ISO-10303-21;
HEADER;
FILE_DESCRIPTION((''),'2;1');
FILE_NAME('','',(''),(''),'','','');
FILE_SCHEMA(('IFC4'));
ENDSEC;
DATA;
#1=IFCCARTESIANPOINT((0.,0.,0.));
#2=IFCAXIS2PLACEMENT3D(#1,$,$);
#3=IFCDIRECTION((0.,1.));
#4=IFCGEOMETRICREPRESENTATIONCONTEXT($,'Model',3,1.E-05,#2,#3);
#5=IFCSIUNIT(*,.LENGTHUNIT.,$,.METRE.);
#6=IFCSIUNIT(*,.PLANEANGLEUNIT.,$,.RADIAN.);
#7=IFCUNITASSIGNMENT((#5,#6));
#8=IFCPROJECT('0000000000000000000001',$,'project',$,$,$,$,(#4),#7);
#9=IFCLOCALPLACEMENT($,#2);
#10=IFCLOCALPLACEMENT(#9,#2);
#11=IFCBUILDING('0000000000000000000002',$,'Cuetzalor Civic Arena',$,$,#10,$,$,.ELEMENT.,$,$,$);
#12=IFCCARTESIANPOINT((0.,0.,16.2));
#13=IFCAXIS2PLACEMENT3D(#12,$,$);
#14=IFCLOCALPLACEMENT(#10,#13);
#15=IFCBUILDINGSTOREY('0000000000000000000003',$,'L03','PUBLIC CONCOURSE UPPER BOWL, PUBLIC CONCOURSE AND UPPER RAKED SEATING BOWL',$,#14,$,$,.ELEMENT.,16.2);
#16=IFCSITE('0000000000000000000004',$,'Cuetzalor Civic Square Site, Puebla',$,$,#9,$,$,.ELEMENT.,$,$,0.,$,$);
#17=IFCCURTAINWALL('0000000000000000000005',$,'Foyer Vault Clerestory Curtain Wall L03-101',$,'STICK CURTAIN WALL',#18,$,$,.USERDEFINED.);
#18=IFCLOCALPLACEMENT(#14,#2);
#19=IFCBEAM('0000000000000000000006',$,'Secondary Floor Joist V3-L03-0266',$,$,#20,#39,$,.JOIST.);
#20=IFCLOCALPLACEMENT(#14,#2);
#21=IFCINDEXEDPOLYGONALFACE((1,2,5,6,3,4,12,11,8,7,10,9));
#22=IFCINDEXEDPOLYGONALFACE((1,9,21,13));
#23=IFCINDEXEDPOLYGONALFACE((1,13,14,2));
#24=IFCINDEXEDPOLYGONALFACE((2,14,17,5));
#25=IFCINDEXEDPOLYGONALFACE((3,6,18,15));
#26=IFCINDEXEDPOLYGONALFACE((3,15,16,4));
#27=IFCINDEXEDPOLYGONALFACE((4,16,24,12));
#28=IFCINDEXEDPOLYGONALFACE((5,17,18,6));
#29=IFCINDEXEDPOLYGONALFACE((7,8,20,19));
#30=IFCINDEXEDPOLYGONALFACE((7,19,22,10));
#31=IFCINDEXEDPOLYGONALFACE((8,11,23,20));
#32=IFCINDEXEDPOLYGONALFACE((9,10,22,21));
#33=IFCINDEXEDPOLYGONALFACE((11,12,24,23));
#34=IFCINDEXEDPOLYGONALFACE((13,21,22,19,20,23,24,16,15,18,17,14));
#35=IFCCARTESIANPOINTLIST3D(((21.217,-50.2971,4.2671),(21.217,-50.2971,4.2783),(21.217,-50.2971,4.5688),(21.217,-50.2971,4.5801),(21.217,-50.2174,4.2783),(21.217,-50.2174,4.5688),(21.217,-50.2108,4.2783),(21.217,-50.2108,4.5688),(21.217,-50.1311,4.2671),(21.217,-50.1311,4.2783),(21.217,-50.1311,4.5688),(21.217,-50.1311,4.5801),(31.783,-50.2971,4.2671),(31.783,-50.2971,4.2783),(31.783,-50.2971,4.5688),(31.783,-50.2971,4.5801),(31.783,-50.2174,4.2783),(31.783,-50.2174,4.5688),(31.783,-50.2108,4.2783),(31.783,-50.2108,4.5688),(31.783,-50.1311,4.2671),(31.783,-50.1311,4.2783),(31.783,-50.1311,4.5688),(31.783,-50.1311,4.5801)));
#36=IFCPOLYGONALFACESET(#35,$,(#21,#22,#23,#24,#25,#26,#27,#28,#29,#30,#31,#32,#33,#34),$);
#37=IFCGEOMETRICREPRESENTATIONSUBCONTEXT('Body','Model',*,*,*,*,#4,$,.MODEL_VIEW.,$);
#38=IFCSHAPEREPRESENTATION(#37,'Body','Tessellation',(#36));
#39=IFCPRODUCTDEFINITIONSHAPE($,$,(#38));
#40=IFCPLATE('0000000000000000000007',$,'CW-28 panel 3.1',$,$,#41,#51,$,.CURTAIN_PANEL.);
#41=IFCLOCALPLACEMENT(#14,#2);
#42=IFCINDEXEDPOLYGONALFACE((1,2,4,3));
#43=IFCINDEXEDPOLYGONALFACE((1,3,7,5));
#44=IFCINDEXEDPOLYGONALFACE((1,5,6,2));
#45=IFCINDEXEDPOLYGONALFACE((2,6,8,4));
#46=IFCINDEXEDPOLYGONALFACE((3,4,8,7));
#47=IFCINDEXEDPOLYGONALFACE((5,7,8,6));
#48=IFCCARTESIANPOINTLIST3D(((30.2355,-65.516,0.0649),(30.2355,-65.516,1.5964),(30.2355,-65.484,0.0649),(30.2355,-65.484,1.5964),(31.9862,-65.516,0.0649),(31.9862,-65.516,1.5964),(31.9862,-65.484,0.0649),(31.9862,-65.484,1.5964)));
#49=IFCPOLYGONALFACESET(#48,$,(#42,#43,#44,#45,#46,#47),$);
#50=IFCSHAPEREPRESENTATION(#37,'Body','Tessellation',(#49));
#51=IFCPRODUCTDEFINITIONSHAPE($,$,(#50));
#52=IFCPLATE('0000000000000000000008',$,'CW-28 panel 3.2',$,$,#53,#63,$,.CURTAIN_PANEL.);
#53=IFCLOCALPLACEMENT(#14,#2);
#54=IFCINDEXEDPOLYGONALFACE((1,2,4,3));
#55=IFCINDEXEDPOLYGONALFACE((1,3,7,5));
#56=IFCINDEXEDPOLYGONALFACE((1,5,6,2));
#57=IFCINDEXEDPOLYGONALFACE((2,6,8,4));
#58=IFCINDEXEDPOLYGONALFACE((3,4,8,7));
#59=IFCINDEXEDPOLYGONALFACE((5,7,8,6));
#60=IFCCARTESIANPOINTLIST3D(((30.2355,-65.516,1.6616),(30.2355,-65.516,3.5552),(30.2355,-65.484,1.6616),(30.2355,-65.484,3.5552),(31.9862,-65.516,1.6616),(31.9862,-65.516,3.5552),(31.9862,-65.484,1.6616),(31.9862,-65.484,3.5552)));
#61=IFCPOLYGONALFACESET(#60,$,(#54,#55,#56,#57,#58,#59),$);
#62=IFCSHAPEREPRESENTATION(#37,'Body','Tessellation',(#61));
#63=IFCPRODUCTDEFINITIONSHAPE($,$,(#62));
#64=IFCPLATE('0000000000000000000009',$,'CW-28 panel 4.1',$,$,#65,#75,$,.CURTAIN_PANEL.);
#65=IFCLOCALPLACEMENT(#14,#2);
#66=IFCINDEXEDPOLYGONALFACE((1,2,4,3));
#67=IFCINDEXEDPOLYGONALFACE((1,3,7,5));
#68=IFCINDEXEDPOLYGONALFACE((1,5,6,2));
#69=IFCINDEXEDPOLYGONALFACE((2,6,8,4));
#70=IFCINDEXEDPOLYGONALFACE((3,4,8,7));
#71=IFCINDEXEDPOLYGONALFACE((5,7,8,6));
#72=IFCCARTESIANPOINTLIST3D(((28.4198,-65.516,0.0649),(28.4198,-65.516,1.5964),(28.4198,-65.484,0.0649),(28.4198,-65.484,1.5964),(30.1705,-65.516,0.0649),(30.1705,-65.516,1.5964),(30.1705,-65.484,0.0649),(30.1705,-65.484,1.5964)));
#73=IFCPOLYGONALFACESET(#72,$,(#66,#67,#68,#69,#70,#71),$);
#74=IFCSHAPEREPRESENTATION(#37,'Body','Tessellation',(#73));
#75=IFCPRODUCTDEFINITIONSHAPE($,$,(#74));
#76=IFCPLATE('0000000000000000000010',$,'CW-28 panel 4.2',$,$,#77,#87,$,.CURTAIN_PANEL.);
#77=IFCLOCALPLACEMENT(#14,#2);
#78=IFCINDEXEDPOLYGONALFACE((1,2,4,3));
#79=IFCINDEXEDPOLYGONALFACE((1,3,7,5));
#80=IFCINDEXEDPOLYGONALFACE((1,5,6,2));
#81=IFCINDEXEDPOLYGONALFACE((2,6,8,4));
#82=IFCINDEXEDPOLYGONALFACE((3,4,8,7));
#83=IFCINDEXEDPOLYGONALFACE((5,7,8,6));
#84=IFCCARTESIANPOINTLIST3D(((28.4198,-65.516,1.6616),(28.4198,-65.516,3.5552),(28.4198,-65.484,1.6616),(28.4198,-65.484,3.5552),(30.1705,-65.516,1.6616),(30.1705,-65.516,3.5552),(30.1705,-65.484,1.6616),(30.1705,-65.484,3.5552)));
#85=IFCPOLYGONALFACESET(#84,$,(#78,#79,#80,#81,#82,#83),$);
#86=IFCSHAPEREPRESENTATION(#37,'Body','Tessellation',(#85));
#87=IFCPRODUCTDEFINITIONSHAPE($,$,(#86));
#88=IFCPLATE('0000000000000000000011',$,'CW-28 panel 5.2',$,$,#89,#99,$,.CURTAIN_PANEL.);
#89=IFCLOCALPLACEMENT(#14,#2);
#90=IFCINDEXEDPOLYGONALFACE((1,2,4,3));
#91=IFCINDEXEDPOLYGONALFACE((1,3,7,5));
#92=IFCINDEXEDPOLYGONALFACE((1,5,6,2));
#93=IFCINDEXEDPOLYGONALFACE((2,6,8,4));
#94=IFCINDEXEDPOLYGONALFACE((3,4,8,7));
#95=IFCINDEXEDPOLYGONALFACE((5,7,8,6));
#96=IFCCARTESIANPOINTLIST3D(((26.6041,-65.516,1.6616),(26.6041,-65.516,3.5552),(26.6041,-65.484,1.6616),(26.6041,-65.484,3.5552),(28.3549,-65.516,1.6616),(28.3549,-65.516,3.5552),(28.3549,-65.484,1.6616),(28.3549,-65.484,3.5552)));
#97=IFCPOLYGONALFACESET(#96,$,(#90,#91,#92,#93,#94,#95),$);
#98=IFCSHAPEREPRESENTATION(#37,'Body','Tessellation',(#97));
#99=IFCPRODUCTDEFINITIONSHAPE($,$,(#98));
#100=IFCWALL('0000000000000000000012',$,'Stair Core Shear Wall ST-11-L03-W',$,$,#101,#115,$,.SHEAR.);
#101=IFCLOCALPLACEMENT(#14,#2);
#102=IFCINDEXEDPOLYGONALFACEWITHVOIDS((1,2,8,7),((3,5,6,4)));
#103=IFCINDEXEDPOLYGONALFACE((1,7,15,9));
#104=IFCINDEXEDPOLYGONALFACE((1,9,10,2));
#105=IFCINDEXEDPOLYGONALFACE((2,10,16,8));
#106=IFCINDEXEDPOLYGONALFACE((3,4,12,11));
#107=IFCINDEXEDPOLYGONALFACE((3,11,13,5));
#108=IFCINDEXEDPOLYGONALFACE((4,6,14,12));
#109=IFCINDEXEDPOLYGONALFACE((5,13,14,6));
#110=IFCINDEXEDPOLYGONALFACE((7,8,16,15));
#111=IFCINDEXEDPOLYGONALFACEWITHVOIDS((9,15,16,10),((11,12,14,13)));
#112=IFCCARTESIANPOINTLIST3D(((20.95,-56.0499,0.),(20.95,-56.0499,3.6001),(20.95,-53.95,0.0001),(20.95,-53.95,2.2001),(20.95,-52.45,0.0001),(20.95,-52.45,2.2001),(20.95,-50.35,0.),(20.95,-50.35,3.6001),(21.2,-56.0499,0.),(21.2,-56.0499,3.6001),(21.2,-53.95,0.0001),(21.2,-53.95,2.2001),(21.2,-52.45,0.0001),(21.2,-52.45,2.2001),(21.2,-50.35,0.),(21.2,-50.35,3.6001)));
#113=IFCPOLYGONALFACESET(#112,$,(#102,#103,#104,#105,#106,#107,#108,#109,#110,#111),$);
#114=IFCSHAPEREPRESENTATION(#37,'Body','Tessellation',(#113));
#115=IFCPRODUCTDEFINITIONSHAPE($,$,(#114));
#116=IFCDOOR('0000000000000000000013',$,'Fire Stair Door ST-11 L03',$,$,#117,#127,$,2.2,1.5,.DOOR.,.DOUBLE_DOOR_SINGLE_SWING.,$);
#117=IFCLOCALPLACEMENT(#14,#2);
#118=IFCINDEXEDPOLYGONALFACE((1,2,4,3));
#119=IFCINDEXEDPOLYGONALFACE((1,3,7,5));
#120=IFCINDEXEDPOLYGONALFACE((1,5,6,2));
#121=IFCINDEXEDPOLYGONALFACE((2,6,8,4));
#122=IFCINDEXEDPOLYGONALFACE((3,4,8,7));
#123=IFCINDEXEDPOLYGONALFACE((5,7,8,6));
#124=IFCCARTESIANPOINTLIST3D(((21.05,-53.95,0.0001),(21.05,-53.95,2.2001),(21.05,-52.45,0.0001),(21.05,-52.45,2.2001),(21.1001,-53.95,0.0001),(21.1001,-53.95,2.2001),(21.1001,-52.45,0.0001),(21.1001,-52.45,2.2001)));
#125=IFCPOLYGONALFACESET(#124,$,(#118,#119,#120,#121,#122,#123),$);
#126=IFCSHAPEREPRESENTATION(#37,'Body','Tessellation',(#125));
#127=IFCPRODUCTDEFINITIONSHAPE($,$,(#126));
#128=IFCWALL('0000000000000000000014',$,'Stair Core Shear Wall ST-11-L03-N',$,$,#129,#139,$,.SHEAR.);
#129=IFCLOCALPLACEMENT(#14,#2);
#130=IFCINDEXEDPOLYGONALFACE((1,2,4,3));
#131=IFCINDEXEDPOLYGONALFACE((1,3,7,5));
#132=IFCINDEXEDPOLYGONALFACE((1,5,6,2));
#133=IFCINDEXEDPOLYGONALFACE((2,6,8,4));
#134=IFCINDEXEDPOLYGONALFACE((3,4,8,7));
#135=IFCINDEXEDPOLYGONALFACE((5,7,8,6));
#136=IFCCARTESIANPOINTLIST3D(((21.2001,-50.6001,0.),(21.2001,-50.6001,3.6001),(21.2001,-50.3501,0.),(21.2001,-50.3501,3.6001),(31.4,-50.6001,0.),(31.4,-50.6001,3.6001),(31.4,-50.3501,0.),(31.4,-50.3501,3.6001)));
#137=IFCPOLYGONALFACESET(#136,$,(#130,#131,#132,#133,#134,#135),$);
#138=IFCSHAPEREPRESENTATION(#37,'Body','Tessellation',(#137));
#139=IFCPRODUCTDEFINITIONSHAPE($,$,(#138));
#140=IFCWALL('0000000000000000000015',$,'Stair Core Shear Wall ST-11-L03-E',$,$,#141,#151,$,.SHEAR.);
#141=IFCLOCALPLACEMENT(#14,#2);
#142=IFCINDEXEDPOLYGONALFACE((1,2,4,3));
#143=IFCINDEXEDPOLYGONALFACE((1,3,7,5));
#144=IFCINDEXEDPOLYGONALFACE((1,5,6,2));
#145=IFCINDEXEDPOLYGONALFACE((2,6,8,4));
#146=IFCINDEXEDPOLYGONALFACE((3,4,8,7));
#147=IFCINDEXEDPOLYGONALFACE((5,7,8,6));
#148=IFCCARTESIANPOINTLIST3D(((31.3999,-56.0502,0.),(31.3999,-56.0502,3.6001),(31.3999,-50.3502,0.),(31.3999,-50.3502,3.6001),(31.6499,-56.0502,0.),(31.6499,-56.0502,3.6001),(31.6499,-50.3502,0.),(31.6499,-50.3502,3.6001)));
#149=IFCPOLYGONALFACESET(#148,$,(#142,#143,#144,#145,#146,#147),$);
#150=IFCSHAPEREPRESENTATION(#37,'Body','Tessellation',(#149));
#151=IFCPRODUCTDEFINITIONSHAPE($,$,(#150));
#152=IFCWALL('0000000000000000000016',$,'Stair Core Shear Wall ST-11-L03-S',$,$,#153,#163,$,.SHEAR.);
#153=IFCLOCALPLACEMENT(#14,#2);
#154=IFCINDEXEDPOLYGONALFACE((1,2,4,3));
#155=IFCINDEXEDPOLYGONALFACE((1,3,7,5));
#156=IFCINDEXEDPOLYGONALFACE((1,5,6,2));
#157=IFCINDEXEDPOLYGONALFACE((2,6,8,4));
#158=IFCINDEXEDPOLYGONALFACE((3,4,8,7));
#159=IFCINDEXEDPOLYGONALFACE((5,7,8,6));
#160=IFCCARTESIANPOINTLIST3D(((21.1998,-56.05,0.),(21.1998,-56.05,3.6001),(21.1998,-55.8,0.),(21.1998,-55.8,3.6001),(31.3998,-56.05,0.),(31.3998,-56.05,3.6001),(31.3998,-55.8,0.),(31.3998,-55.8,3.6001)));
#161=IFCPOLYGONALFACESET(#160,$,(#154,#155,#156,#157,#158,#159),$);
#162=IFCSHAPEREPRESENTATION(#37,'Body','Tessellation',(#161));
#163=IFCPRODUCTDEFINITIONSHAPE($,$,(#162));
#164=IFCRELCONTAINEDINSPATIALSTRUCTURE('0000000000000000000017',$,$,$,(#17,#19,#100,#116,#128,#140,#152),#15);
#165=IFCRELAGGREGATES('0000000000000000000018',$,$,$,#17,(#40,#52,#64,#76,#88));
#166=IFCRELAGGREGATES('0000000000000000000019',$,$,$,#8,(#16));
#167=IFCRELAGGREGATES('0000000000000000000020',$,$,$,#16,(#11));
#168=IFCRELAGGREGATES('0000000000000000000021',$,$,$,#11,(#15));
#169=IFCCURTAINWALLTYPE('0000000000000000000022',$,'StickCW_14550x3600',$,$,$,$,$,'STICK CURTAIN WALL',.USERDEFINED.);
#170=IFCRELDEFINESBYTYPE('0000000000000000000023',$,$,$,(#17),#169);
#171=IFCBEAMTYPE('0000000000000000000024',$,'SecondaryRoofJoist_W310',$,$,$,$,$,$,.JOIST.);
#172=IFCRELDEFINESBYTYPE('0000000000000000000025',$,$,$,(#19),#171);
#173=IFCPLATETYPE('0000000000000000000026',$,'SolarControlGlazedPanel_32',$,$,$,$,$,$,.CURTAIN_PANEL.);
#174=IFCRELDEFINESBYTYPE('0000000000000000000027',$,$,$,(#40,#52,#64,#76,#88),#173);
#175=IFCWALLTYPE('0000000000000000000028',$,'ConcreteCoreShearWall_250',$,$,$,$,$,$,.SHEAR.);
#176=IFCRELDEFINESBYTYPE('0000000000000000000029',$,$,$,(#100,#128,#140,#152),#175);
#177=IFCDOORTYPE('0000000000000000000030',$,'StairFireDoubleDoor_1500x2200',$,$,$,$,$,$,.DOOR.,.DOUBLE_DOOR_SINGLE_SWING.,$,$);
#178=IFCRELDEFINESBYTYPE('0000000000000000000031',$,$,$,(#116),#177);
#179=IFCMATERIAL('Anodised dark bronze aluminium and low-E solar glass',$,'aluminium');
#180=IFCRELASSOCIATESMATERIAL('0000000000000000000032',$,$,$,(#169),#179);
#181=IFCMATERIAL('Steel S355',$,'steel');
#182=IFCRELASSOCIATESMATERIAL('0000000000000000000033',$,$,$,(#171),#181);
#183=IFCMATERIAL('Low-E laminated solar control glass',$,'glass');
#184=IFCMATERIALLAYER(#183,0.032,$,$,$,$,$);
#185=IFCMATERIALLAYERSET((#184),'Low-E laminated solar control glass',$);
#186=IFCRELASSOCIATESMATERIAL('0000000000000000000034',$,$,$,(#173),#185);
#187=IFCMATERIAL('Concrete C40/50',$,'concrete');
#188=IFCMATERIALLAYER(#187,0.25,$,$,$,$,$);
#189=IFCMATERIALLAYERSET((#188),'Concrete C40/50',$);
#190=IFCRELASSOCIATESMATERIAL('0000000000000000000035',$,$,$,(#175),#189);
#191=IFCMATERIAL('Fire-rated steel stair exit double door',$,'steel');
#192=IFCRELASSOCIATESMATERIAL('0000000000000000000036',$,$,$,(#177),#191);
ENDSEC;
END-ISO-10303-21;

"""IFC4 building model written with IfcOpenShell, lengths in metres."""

from ifc_helpers import new_model, si_unit, direction, frame, frame_2d, origin, origin_2d, place, context, subcontext, project, spatial, rectangle, i_section, extrude, material, layer, layer_set, material_profile, profile_set, type_object, element, fill, aggregate, save


model = new_model("IFC4")

# Units and contexts
model_context = context("Model", 3, precision=1e-05, world=origin(), true_north=direction((0.0, 1.0)))
body_context = subcontext(model_context, "Body", "Model", "MODEL_VIEW")
ifc_project = project(units=[si_unit("LENGTHUNIT", "METRE"), si_unit("PLANEANGLEUNIT", "RADIAN")], contexts=[model_context])

# Site, building, storey
site_placement = place(None, origin())
site = spatial("IfcSite", under=ifc_project, at=site_placement, Name="Cuetzalor Civic Square Site, Puebla", CompositionType="ELEMENT", RefElevation=0.0)
building_placement = place(site_placement, origin())
building = spatial("IfcBuilding", under=site, at=building_placement, Name="Cuetzalor Civic Arena", CompositionType="ELEMENT")
storey_placement = place(building_placement, frame((0.0, 0.0, 16.2)))
storey = spatial("IfcBuildingStorey", under=building, at=storey_placement, Name="L03", Description="PUBLIC CONCOURSE UPPER BOWL, PUBLIC CONCOURSE AND UPPER RAKED SEATING BOWL", CompositionType="ELEMENT", Elevation=16.2)

# Curtain wall
ifc_material_1 = material(Name="Anodised dark bronze aluminium and low-E solar glass", Category="aluminium")
curtain_wall_type = type_object("IfcCurtainWallType", Name="StickCW_14550x3600", ElementType="STICK CURTAIN WALL", PredefinedType="USERDEFINED", material=ifc_material_1)
curtain_wall_placement = place(storey_placement, origin())
curtain_wall = element("IfcCurtainWall", 1, at=curtain_wall_placement, inside=storey, type_object=curtain_wall_type, Name="Foyer Vault Clerestory Curtain Wall L03-101", ObjectType="STICK CURTAIN WALL", PredefinedType="USERDEFINED")

# Beam
ifc_material_2 = material(Name="Steel S355", Category="steel")
ifc_material_profile_1 = material_profile(ifc_material_2, i_section(OverallWidth=0.166, OverallDepth=0.313, WebThickness=0.0066, FlangeThickness=0.0112, at=origin_2d()), Name="W310x45")
ifc_profile_set_1 = profile_set([ifc_material_profile_1], Name="Steel S355")
beam_type_1 = type_object("IfcBeamType", Name="SecondaryRoofJoist_W310", PredefinedType="JOIST", material=ifc_profile_set_1)
beam_1_placement = place(storey_placement, frame((21.217, -50.2141, 4.4236), z_axis=(1.0, 0.0, 0.0), x_axis=(0.0, 1.0, 0.0)))
element("IfcBeam", 2, at=beam_1_placement, inside=storey, type_object=beam_type_1, Name="Secondary Floor Joist V3-L03-0266", PredefinedType="JOIST", context=body_context, shape_type="SweptSolid", body=[
    extrude(i_section(OverallWidth=0.166, OverallDepth=0.313, WebThickness=0.0066, FlangeThickness=0.0112, at=origin_2d()), origin(), (0.0, 0.0, 1.0), 10.5659),
])

# Plates
ifc_material_3 = material(Name="Low-E laminated solar control glass", Category="glass")
ifc_layer_1 = layer(ifc_material_3, 0.032)
ifc_layer_set_1 = layer_set([ifc_layer_1], Name="Low-E laminated solar control glass")
plate_type = type_object("IfcPlateType", Name="SolarControlGlazedPanel_32", PredefinedType="CURTAIN_PANEL", material=ifc_layer_set_1)
plate_1_placement = place(storey_placement, frame((31.1108, -65.5, 0.0649), z_axis=(0.0, 0.0, 1.0), x_axis=(-1.0, 0.0, 0.0)))
plate_1 = element("IfcPlate", 3, at=plate_1_placement, type_object=plate_type, Name="CW-28 panel 3.1", PredefinedType="CURTAIN_PANEL", context=body_context, shape_type="SweptSolid", body=[
    extrude(rectangle(XDim=1.7507, YDim=0.032, at=origin_2d()), origin(), (0.0, 0.0, 1.0), 1.5315),
])
plate_2_placement = place(storey_placement, frame((31.1108, -65.5, 1.6616), z_axis=(0.0, 0.0, 1.0), x_axis=(-1.0, 0.0, 0.0)))
plate_2 = element("IfcPlate", 4, at=plate_2_placement, type_object=plate_type, Name="CW-28 panel 3.2", PredefinedType="CURTAIN_PANEL", context=body_context, shape_type="SweptSolid", body=[
    extrude(rectangle(XDim=1.7507, YDim=0.032, at=origin_2d()), origin(), (0.0, 0.0, 1.0), 1.8936),
])
plate_3_placement = place(storey_placement, frame((29.2952, -65.5, 0.0649), z_axis=(0.0, 0.0, 1.0), x_axis=(-1.0, 0.0, 0.0)))
plate_3 = element("IfcPlate", 5, at=plate_3_placement, type_object=plate_type, Name="CW-28 panel 4.1", PredefinedType="CURTAIN_PANEL", context=body_context, shape_type="SweptSolid", body=[
    extrude(rectangle(XDim=1.7507, YDim=0.032, at=origin_2d()), origin(), (0.0, 0.0, 1.0), 1.5315),
])
plate_4_placement = place(storey_placement, frame((29.2952, -65.5, 1.6616), z_axis=(0.0, 0.0, 1.0), x_axis=(-1.0, 0.0, 0.0)))
plate_4 = element("IfcPlate", 6, at=plate_4_placement, type_object=plate_type, Name="CW-28 panel 4.2", PredefinedType="CURTAIN_PANEL", context=body_context, shape_type="SweptSolid", body=[
    extrude(rectangle(XDim=1.7507, YDim=0.032, at=origin_2d()), origin(), (0.0, 0.0, 1.0), 1.8936),
])
plate_5_placement = place(storey_placement, frame((27.4795, -65.5, 1.6616), z_axis=(0.0, 0.0, 1.0), x_axis=(-1.0, 0.0, 0.0)))
plate_5 = element("IfcPlate", 7, at=plate_5_placement, type_object=plate_type, Name="CW-28 panel 5.2", PredefinedType="CURTAIN_PANEL", context=body_context, shape_type="SweptSolid", body=[
    extrude(rectangle(XDim=1.7507, YDim=0.032, at=origin_2d()), origin(), (0.0, 0.0, 1.0), 1.8936),
])
aggregate(curtain_wall, [plate_1, plate_2, plate_3, plate_4, plate_5])

# Wall, opening, door
ifc_material_4 = material(Name="Concrete C40/50", Category="concrete")
ifc_layer_2 = layer(ifc_material_4, 0.25)
ifc_layer_set_2 = layer_set([ifc_layer_2], Name="Concrete C40/50")
wall_type = type_object("IfcWallType", Name="ConcreteCoreShearWall_250", PredefinedType="SHEAR", material=ifc_layer_set_2)
wall_1_placement = place(storey_placement, frame((21.075, -56.05, 0.0), z_axis=(0.0, 0.0, 1.0), x_axis=(0.0, 1.0, 0.0)))
wall_1 = element("IfcWall", 8, at=wall_1_placement, inside=storey, type_object=wall_type, Name="Stair Core Shear Wall ST-11-L03-W", PredefinedType="SHEAR", context=body_context, shape_type="SweptSolid", body=[
    extrude(rectangle(XDim=5.7, YDim=0.25, at=frame_2d((2.8501, 0.0))), origin(), (0.0, 0.0, 1.0), 3.6001),
])
opening_placement = place(wall_1_placement, frame((2.1001, 0.0, 0.0)))
opening = element("IfcOpeningElement", 9, at=opening_placement, cuts=wall_1, PredefinedType="OPENING", context=body_context, shape_type="SweptSolid", body=[
    extrude(rectangle(XDim=1.5, YDim=2.2, at=frame_2d((0.75, 1.1001))), frame((0.0, 0.135, 0.0), z_axis=(0.0, -1.0, 0.0), x_axis=(1.0, 0.0, 0.0)), (0.0, 0.0, 1.0), 0.27),
])
ifc_material_5 = material(Name="Fire-rated steel stair exit double door", Category="steel")
door_type = type_object("IfcDoorType", Name="StairFireDoubleDoor_1500x2200", OperationType="DOUBLE_DOOR_SINGLE_SWING", PredefinedType="DOOR", material=ifc_material_5)
door_placement = place(opening_placement, origin())
door = element("IfcDoor", 10, at=door_placement, inside=storey, type_object=door_type, Name="Fire Stair Door ST-11 L03", OperationType="DOUBLE_DOOR_SINGLE_SWING", OverallHeight=2.2, OverallWidth=1.5, PredefinedType="DOOR", context=body_context, shape_type="SweptSolid", body=[
    extrude(rectangle(XDim=1.5, YDim=2.2, at=frame_2d((0.75, 1.1001))), frame((0.0, 0.0249, 0.0), z_axis=(0.0, -1.0, 0.0), x_axis=(1.0, 0.0, 0.0)), (0.0, 0.0, 1.0), 0.05),
])
fill(opening, door)

# Walls
wall_2_placement = place(storey_placement, frame((21.2, -50.4751, 0.0), z_axis=(0.0, 0.0, 1.0), x_axis=(1.0, 0.0, 0.0)))
element("IfcWall", 11, at=wall_2_placement, inside=storey, type_object=wall_type, Name="Stair Core Shear Wall ST-11-L03-N", PredefinedType="SHEAR", context=body_context, shape_type="SweptSolid", body=[
    extrude(rectangle(XDim=10.2, YDim=0.25, at=frame_2d((5.1001, 0.0))), origin(), (0.0, 0.0, 1.0), 3.6001),
])
wall_3_placement = place(storey_placement, frame((31.5249, -50.3501, 0.0), z_axis=(0.0, 0.0, 1.0), x_axis=(0.0, -1.0, 0.0)))
element("IfcWall", 12, at=wall_3_placement, inside=storey, type_object=wall_type, Name="Stair Core Shear Wall ST-11-L03-E", PredefinedType="SHEAR", context=body_context, shape_type="SweptSolid", body=[
    extrude(rectangle(XDim=5.7, YDim=0.25, at=frame_2d((2.8501, 0.0))), origin(), (0.0, 0.0, 1.0), 3.6001),
])
wall_4_placement = place(storey_placement, frame((31.3999, -55.925, 0.0), z_axis=(0.0, 0.0, 1.0), x_axis=(-1.0, 0.0, 0.0)))
element("IfcWall", 13, at=wall_4_placement, inside=storey, type_object=wall_type, Name="Stair Core Shear Wall ST-11-L03-S", PredefinedType="SHEAR", context=body_context, shape_type="SweptSolid", body=[
    extrude(rectangle(XDim=10.2, YDim=0.25, at=frame_2d((5.1001, 0.0))), origin(), (0.0, 0.0, 1.0), 3.6001),
])

save(model, "model.ifc")
